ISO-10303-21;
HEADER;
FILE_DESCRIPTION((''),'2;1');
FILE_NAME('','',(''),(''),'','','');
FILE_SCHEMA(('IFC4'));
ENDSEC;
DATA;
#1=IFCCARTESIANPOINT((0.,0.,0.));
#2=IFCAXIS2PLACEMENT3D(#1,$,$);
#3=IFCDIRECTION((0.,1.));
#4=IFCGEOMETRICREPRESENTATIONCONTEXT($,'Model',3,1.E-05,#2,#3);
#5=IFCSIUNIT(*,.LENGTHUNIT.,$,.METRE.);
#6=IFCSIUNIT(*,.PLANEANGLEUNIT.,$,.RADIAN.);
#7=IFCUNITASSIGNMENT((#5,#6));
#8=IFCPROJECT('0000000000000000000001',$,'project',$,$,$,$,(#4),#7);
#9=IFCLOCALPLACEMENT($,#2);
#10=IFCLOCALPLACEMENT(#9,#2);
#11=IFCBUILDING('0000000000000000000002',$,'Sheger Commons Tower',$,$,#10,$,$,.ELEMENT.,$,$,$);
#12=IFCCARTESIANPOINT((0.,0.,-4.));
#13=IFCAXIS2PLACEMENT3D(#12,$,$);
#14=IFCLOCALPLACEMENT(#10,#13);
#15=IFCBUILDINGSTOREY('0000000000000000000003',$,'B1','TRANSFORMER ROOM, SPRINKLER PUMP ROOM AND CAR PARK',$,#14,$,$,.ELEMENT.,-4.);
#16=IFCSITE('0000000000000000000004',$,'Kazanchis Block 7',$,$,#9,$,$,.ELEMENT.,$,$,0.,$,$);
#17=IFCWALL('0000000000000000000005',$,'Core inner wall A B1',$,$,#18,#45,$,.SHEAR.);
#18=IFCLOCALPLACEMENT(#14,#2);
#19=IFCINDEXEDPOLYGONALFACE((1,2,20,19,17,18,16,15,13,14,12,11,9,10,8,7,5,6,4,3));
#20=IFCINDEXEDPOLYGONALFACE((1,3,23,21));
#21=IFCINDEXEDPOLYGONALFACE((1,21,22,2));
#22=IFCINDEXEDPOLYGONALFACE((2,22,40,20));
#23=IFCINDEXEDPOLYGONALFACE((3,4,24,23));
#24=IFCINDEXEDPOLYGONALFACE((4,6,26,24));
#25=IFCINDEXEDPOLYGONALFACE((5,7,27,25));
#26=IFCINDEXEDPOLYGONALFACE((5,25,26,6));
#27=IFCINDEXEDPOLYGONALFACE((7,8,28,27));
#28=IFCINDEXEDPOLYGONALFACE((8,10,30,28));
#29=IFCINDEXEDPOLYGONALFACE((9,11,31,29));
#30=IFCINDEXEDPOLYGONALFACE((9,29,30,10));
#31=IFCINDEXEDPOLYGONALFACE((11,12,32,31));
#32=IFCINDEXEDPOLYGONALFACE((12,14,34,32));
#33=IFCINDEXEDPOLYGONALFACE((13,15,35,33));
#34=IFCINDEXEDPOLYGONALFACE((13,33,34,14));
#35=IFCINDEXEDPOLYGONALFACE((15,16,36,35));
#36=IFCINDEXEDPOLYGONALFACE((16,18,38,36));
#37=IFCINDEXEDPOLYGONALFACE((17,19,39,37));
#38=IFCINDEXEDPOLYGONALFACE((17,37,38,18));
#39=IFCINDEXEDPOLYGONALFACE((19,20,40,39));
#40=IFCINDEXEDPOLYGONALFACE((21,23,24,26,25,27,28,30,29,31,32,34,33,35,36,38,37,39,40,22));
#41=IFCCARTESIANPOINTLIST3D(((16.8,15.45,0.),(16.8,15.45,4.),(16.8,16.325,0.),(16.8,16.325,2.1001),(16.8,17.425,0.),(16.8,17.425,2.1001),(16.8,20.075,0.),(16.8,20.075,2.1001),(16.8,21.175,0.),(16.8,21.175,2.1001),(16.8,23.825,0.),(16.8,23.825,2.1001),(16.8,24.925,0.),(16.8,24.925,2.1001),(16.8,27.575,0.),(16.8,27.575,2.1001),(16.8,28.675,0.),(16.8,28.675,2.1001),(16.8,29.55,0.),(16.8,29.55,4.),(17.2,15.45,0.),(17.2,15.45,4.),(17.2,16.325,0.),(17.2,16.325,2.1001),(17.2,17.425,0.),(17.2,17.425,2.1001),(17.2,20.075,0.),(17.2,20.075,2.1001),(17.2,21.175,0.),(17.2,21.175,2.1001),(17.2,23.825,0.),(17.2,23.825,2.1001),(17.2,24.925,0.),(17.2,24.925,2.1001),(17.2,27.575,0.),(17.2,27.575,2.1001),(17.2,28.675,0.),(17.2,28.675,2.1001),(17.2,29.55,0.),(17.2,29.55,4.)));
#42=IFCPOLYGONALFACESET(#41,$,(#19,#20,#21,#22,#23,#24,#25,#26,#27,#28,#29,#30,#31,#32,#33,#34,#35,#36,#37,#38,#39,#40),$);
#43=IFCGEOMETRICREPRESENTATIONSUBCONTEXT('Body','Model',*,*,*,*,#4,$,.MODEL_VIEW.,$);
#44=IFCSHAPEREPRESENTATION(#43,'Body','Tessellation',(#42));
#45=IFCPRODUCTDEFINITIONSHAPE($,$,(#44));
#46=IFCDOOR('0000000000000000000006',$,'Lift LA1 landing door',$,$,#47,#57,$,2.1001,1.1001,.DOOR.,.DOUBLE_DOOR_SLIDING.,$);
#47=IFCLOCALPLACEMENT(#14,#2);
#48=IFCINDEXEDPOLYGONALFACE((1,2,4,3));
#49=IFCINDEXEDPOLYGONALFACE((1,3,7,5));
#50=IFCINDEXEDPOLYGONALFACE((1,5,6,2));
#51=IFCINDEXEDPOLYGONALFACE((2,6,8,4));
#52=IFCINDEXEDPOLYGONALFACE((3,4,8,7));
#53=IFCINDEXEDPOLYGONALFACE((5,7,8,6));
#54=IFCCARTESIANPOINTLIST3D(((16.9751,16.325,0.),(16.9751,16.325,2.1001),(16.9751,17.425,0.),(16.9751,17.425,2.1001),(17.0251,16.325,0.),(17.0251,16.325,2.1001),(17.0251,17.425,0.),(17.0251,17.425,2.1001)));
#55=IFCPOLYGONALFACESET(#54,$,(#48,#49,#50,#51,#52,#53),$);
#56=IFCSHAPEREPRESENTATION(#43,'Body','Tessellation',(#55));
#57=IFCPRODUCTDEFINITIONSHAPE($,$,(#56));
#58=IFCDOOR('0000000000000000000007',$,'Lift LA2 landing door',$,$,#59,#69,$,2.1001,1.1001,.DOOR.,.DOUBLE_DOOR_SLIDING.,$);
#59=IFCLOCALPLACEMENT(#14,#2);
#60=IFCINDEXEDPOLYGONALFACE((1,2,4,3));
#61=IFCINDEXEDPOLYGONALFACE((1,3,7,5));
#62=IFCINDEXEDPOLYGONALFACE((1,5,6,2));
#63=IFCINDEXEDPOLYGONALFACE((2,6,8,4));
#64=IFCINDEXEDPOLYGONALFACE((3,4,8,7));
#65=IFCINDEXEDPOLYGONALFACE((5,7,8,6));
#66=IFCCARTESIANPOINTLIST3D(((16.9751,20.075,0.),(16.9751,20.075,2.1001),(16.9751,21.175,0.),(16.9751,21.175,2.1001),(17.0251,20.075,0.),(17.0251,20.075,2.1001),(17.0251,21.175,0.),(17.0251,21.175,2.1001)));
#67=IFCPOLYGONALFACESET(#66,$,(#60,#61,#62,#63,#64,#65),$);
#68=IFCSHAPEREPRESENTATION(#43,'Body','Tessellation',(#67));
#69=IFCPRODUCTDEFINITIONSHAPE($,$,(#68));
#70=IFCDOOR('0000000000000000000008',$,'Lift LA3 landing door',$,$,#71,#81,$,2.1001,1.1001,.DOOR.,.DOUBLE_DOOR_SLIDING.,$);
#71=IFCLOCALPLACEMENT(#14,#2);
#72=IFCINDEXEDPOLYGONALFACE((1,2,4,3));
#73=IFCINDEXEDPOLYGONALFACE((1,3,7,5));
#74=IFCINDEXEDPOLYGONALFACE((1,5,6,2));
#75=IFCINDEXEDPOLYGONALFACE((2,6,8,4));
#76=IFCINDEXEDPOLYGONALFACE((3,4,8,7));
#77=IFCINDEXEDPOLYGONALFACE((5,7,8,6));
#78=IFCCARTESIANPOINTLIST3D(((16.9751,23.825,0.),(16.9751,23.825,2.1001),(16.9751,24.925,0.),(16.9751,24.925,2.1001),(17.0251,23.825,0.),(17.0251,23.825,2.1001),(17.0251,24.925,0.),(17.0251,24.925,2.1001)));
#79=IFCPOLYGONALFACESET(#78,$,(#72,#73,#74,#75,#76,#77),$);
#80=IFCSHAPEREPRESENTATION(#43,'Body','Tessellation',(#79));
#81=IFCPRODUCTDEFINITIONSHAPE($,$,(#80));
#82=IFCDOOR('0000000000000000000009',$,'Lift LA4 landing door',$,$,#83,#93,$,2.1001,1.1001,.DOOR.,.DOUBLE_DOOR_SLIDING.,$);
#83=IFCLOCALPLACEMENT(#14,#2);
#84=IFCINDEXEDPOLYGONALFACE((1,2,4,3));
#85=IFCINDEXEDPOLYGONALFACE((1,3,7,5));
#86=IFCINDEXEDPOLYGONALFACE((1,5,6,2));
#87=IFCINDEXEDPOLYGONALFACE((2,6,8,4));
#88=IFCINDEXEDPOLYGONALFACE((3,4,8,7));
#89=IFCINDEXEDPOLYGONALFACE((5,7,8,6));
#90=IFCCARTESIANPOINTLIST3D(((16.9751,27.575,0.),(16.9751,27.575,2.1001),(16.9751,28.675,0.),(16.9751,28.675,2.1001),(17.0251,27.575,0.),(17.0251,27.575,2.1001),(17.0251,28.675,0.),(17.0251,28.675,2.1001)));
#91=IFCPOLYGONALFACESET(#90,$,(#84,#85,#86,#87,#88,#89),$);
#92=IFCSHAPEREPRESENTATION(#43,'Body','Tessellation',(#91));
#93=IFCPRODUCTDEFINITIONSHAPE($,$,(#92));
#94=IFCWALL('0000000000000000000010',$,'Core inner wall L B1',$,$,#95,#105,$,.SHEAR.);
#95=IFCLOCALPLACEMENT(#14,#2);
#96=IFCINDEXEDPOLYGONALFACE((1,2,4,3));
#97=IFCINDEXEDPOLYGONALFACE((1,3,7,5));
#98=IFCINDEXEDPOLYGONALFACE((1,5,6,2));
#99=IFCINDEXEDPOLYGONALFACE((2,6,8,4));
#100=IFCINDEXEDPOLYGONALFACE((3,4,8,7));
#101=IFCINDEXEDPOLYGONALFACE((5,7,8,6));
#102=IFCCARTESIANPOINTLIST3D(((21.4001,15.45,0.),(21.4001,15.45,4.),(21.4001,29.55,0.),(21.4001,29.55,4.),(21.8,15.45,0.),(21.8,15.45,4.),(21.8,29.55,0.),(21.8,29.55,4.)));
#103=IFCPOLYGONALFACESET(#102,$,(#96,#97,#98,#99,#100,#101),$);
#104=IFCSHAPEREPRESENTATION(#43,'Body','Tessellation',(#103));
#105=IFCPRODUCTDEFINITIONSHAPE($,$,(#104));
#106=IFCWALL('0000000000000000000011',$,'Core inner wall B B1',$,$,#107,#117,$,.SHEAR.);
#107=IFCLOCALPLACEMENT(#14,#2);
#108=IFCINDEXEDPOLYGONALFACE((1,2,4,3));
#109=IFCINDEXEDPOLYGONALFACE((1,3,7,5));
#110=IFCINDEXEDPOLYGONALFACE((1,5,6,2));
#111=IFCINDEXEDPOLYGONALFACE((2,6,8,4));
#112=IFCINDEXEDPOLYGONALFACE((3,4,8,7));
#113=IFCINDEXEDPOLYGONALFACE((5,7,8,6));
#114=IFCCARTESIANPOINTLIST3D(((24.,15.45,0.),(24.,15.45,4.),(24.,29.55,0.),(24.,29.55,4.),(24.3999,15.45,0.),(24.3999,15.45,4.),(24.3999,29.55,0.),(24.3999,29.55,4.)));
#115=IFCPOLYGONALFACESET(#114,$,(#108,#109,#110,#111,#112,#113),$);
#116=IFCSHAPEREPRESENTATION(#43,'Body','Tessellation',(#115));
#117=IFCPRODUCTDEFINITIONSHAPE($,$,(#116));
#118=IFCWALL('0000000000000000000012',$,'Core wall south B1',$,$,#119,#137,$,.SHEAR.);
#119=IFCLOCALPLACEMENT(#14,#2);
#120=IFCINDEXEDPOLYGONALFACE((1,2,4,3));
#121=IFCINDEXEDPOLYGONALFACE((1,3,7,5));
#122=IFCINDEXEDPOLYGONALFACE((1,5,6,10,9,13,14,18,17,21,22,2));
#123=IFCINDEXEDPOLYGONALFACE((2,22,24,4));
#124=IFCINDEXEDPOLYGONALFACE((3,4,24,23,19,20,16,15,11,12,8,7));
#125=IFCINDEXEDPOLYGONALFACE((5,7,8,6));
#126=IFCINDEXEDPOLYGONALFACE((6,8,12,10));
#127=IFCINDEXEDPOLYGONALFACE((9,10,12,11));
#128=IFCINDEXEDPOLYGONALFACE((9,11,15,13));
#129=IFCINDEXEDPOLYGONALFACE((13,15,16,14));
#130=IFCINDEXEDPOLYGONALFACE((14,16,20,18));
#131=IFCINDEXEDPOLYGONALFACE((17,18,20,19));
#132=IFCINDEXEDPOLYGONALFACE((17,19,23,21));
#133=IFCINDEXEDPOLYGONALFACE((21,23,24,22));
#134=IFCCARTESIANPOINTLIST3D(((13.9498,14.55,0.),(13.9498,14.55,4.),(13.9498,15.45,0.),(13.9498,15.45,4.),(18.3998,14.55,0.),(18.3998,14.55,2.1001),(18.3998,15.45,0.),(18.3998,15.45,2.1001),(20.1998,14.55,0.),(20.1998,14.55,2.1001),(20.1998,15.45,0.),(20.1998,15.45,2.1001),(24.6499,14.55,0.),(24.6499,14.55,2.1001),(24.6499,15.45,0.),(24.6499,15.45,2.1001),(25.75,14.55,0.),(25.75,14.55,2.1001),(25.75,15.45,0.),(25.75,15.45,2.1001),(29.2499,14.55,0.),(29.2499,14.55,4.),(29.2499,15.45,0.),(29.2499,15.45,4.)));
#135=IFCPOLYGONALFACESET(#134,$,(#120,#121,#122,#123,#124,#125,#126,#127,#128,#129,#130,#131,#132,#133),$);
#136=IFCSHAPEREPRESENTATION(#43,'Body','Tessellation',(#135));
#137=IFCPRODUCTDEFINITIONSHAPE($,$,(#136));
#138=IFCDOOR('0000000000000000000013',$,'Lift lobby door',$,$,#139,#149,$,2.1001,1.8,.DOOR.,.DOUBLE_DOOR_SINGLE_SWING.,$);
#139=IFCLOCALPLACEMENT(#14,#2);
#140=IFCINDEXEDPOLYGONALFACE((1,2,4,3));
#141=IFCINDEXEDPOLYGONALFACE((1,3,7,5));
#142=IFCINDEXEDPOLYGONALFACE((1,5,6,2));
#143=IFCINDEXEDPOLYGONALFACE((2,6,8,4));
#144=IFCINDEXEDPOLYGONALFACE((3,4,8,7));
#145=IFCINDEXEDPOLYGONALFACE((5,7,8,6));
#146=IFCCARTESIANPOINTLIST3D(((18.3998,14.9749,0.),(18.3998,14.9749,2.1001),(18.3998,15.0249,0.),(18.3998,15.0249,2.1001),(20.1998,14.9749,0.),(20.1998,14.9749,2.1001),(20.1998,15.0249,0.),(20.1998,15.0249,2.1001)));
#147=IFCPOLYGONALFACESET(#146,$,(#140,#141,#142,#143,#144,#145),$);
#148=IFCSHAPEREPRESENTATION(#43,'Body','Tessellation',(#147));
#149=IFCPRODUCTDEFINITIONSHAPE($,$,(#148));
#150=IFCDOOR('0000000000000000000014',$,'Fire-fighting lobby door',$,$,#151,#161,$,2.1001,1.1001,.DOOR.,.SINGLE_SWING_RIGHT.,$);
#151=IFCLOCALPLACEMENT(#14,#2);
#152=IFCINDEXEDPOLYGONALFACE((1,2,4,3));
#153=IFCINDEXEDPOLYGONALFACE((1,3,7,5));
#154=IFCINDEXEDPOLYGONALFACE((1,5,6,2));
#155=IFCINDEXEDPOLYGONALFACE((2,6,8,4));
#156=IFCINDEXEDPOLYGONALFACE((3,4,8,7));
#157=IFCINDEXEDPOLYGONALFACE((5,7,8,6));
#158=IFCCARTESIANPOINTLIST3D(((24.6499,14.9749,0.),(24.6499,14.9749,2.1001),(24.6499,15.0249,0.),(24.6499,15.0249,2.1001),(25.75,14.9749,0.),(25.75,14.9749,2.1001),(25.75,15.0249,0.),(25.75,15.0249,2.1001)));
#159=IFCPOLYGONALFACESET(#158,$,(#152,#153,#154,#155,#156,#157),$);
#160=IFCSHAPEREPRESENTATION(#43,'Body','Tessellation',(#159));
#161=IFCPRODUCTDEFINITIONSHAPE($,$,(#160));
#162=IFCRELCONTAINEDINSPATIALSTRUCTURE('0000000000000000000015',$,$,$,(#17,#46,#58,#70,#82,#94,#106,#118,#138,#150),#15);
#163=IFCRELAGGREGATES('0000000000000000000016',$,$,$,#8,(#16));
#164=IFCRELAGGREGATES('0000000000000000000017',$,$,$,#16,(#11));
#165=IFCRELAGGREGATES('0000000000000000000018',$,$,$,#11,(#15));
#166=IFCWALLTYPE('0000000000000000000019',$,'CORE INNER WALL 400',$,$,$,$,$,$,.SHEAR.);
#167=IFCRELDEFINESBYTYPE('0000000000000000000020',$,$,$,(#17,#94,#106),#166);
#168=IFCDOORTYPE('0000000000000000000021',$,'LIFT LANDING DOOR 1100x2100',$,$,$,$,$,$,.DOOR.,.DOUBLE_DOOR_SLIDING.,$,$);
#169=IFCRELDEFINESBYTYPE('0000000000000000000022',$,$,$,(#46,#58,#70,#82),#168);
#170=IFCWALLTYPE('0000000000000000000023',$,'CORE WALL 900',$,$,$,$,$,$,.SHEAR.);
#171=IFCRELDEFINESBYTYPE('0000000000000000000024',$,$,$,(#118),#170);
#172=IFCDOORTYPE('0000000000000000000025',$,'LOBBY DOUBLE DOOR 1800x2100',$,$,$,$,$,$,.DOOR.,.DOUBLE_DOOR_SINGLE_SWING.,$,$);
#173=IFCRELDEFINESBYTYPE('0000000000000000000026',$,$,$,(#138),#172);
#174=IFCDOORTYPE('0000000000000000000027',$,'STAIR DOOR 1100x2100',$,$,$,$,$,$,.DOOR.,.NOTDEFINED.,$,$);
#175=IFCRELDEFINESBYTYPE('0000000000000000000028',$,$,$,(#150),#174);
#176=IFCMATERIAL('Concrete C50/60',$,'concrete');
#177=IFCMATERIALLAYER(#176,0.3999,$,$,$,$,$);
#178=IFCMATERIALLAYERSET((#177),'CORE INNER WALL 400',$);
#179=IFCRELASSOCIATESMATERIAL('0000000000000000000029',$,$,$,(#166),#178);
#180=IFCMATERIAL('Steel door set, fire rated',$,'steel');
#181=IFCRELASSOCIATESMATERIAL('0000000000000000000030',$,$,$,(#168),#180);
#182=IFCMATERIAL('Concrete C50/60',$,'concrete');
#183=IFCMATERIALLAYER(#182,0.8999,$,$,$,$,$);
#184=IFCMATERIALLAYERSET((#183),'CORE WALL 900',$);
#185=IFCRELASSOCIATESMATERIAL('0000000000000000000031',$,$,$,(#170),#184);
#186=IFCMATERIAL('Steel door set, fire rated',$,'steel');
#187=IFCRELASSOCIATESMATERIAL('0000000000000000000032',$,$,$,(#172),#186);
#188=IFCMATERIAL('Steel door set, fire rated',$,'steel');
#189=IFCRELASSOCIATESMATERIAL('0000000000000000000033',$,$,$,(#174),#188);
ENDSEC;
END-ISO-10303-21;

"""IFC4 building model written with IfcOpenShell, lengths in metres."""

from ifc_helpers import new_model, si_unit, direction, frame, frame_2d, origin, place, context, subcontext, project, spatial, rectangle, extrude, material, layer, layer_set, type_object, element, fill, save


model = new_model("IFC4")

# Units and contexts
model_context = context("Model", 3, precision=1e-05, world=origin(), true_north=direction((0.0, 1.0)))
body_context = subcontext(model_context, "Body", "Model", "MODEL_VIEW")
ifc_project = project(units=[si_unit("LENGTHUNIT", "METRE"), si_unit("PLANEANGLEUNIT", "RADIAN")], contexts=[model_context])

# Site, building, storey
site_placement = place(None, origin())
site = spatial("IfcSite", under=ifc_project, at=site_placement, Name="Kazanchis Block 7", CompositionType="ELEMENT", RefElevation=0.0)
building_placement = place(site_placement, origin())
building = spatial("IfcBuilding", under=site, at=building_placement, Name="Sheger Commons Tower", CompositionType="ELEMENT")
storey_placement = place(building_placement, frame((0.0, 0.0, -4.0)))
storey = spatial("IfcBuildingStorey", under=building, at=storey_placement, Name="B1", Description="TRANSFORMER ROOM, SPRINKLER PUMP ROOM AND CAR PARK", CompositionType="ELEMENT", Elevation=-4.0)

# Wall, openings, doors
ifc_material_1 = material(Name="Concrete C50/60", Category="concrete")
ifc_layer_1 = layer(ifc_material_1, 0.3999)
ifc_layer_set_1 = layer_set([ifc_layer_1], Name="CORE INNER WALL 400")
wall_type_1 = type_object("IfcWallType", Name="CORE INNER WALL 400", PredefinedType="SHEAR", material=ifc_layer_set_1)
wall_1_placement = place(storey_placement, frame((17.0, 15.45, 0.0), z_axis=(0.0, 0.0, 1.0), x_axis=(0.0, 1.0, 0.0)))
wall_1 = element("IfcWall", 1, at=wall_1_placement, inside=storey, type_object=wall_type_1, Name="Core inner wall A B1", PredefinedType="SHEAR", context=body_context, shape_type="SweptSolid", body=[
    extrude(rectangle(XDim=14.1001, YDim=0.3999, at=frame_2d((7.05, 0.0))), origin(), (0.0, 0.0, 1.0), 4.0),
])
opening_1_placement = place(wall_1_placement, frame((0.875, 0.0, 0.0)))
opening_1 = element("IfcOpeningElement", 2, at=opening_1_placement, cuts=wall_1, PredefinedType="OPENING", context=body_context, shape_type="SweptSolid", body=[
    extrude(rectangle(XDim=1.1001, YDim=2.1001, at=frame_2d((0.55, 1.05))), frame((0.0, 0.21, 0.0), z_axis=(0.0, -1.0, 0.0), x_axis=(1.0, 0.0, 0.0)), (0.0, 0.0, 1.0), 0.4199),
])
opening_2_placement = place(wall_1_placement, frame((4.625, 0.0, 0.0)))
opening_2 = element("IfcOpeningElement", 3, at=opening_2_placement, cuts=wall_1, PredefinedType="OPENING", context=body_context, shape_type="SweptSolid", body=[
    extrude(rectangle(XDim=1.1001, YDim=2.1001, at=frame_2d((0.55, 1.05))), frame((0.0, 0.21, 0.0), z_axis=(0.0, -1.0, 0.0), x_axis=(1.0, 0.0, 0.0)), (0.0, 0.0, 1.0), 0.4199),
])
opening_3_placement = place(wall_1_placement, frame((8.375, 0.0, 0.0)))
opening_3 = element("IfcOpeningElement", 4, at=opening_3_placement, cuts=wall_1, PredefinedType="OPENING", context=body_context, shape_type="SweptSolid", body=[
    extrude(rectangle(XDim=1.1001, YDim=2.1001, at=frame_2d((0.55, 1.05))), frame((0.0, 0.21, 0.0), z_axis=(0.0, -1.0, 0.0), x_axis=(1.0, 0.0, 0.0)), (0.0, 0.0, 1.0), 0.4199),
])
opening_4_placement = place(wall_1_placement, frame((12.125, 0.0, 0.0)))
opening_4 = element("IfcOpeningElement", 5, at=opening_4_placement, cuts=wall_1, PredefinedType="OPENING", context=body_context, shape_type="SweptSolid", body=[
    extrude(rectangle(XDim=1.1001, YDim=2.1001, at=frame_2d((0.55, 1.05))), frame((0.0, 0.21, 0.0), z_axis=(0.0, -1.0, 0.0), x_axis=(1.0, 0.0, 0.0)), (0.0, 0.0, 1.0), 0.4199),
])
ifc_material_2 = material(Name="Steel door set, fire rated", Category="steel")
door_type_1 = type_object("IfcDoorType", Name="LIFT LANDING DOOR 1100x2100", OperationType="DOUBLE_DOOR_SLIDING", PredefinedType="DOOR", material=ifc_material_2)
door_1_placement = place(opening_1_placement, origin())
door_1 = element("IfcDoor", 6, at=door_1_placement, inside=storey, type_object=door_type_1, Name="Lift LA1 landing door", OperationType="DOUBLE_DOOR_SLIDING", OverallHeight=2.1001, OverallWidth=1.1001, PredefinedType="DOOR", context=body_context, shape_type="SweptSolid", body=[
    extrude(rectangle(XDim=1.1001, YDim=2.1001, at=frame_2d((0.55, 1.05))), frame((0.0, 0.0249, 0.0), z_axis=(0.0, -1.0, 0.0), x_axis=(1.0, 0.0, 0.0)), (0.0, 0.0, 1.0), 0.05),
])
fill(opening_1, door_1)
door_2_placement = place(opening_2_placement, origin())
door_2 = element("IfcDoor", 7, at=door_2_placement, inside=storey, type_object=door_type_1, Name="Lift LA2 landing door", OperationType="DOUBLE_DOOR_SLIDING", OverallHeight=2.1001, OverallWidth=1.1001, PredefinedType="DOOR", context=body_context, shape_type="SweptSolid", body=[
    extrude(rectangle(XDim=1.1001, YDim=2.1001, at=frame_2d((0.55, 1.05))), frame((0.0, 0.0249, 0.0), z_axis=(0.0, -1.0, 0.0), x_axis=(1.0, 0.0, 0.0)), (0.0, 0.0, 1.0), 0.05),
])
fill(opening_2, door_2)
door_3_placement = place(opening_3_placement, origin())
door_3 = element("IfcDoor", 8, at=door_3_placement, inside=storey, type_object=door_type_1, Name="Lift LA3 landing door", OperationType="DOUBLE_DOOR_SLIDING", OverallHeight=2.1001, OverallWidth=1.1001, PredefinedType="DOOR", context=body_context, shape_type="SweptSolid", body=[
    extrude(rectangle(XDim=1.1001, YDim=2.1001, at=frame_2d((0.55, 1.05))), frame((0.0, 0.0249, 0.0), z_axis=(0.0, -1.0, 0.0), x_axis=(1.0, 0.0, 0.0)), (0.0, 0.0, 1.0), 0.05),
])
fill(opening_3, door_3)
door_4_placement = place(opening_4_placement, origin())
door_4 = element("IfcDoor", 9, at=door_4_placement, inside=storey, type_object=door_type_1, Name="Lift LA4 landing door", OperationType="DOUBLE_DOOR_SLIDING", OverallHeight=2.1001, OverallWidth=1.1001, PredefinedType="DOOR", context=body_context, shape_type="SweptSolid", body=[
    extrude(rectangle(XDim=1.1001, YDim=2.1001, at=frame_2d((0.55, 1.05))), frame((0.0, 0.0249, 0.0), z_axis=(0.0, -1.0, 0.0), x_axis=(1.0, 0.0, 0.0)), (0.0, 0.0, 1.0), 0.05),
])
fill(opening_4, door_4)

# Walls
for number, where, z_axis, x_axis, name in (
    (10, (21.6001, 15.45, 0.0), (0.0, 0.0, 1.0), (0.0, 1.0, 0.0), "Core inner wall L B1"),
    (11, (24.2, 15.45, 0.0), (0.0, 0.0, 1.0), (0.0, 1.0, 0.0), "Core inner wall B B1"),
):
    element("IfcWall", number, at=place(storey_placement, frame(where, z_axis=z_axis, x_axis=x_axis)), inside=storey, type_object=wall_type_1, Name=name, PredefinedType="SHEAR", context=body_context, shape_type="SweptSolid", body=[
        extrude(rectangle(XDim=14.1001, YDim=0.3999, at=frame_2d((7.05, 0.0))), origin(), (0.0, 0.0, 1.0), 4.0),
    ])

# Wall, openings, doors
ifc_material_3 = material(Name="Concrete C50/60", Category="concrete")
ifc_layer_2 = layer(ifc_material_3, 0.8999)
ifc_layer_set_2 = layer_set([ifc_layer_2], Name="CORE WALL 900")
wall_type_2 = type_object("IfcWallType", Name="CORE WALL 900", PredefinedType="SHEAR", material=ifc_layer_set_2)
wall_2_placement = place(storey_placement, frame((13.95, 15.0, 0.0), z_axis=(0.0, 0.0, 1.0), x_axis=(1.0, 0.0, 0.0)))
wall_2 = element("IfcWall", 12, at=wall_2_placement, inside=storey, type_object=wall_type_2, Name="Core wall south B1", PredefinedType="SHEAR", context=body_context, shape_type="SweptSolid", body=[
    extrude(rectangle(XDim=15.3, YDim=0.8999, at=frame_2d((7.6499, 0.0))), origin(), (0.0, 0.0, 1.0), 4.0),
])
opening_5_placement = place(wall_2_placement, frame((4.45, 0.0, 0.0)))
opening_5 = element("IfcOpeningElement", 13, at=opening_5_placement, cuts=wall_2, PredefinedType="OPENING", context=body_context, shape_type="SweptSolid", body=[
    extrude(rectangle(XDim=1.8, YDim=2.1001, at=frame_2d((0.8999, 1.05))), frame((0.0, 0.46, 0.0), z_axis=(0.0, -1.0, 0.0), x_axis=(1.0, 0.0, 0.0)), (0.0, 0.0, 1.0), 0.9199),
])
opening_6_placement = place(wall_2_placement, frame((10.7, 0.0, 0.0)))
opening_6 = element("IfcOpeningElement", 14, at=opening_6_placement, cuts=wall_2, PredefinedType="OPENING", context=body_context, shape_type="SweptSolid", body=[
    extrude(rectangle(XDim=1.1001, YDim=2.1001, at=frame_2d((0.55, 1.05))), frame((0.0, 0.46, 0.0), z_axis=(0.0, -1.0, 0.0), x_axis=(1.0, 0.0, 0.0)), (0.0, 0.0, 1.0), 0.9199),
])
ifc_material_4 = material(Name="Steel door set, fire rated", Category="steel")
door_type_2 = type_object("IfcDoorType", Name="LOBBY DOUBLE DOOR 1800x2100", OperationType="DOUBLE_DOOR_SINGLE_SWING", PredefinedType="DOOR", material=ifc_material_4)
door_5_placement = place(opening_5_placement, origin())
door_5 = element("IfcDoor", 15, at=door_5_placement, inside=storey, type_object=door_type_2, Name="Lift lobby door", OperationType="DOUBLE_DOOR_SINGLE_SWING", OverallHeight=2.1001, OverallWidth=1.8, PredefinedType="DOOR", context=body_context, shape_type="SweptSolid", body=[
    extrude(rectangle(XDim=1.8, YDim=2.1001, at=frame_2d((0.8999, 1.05))), frame((0.0, 0.0249, 0.0), z_axis=(0.0, -1.0, 0.0), x_axis=(1.0, 0.0, 0.0)), (0.0, 0.0, 1.0), 0.05),
])
fill(opening_5, door_5)
ifc_material_5 = material(Name="Steel door set, fire rated", Category="steel")
door_type_3 = type_object("IfcDoorType", Name="STAIR DOOR 1100x2100", OperationType="NOTDEFINED", PredefinedType="DOOR", material=ifc_material_5)
door_6_placement = place(opening_6_placement, origin())
door_6 = element("IfcDoor", 16, at=door_6_placement, inside=storey, type_object=door_type_3, Name="Fire-fighting lobby door", OperationType="SINGLE_SWING_RIGHT", OverallHeight=2.1001, OverallWidth=1.1001, PredefinedType="DOOR", context=body_context, shape_type="SweptSolid", body=[
    extrude(rectangle(XDim=1.1001, YDim=2.1001, at=frame_2d((0.55, 1.05))), frame((0.0, 0.0249, 0.0), z_axis=(0.0, -1.0, 0.0), x_axis=(1.0, 0.0, 0.0)), (0.0, 0.0, 1.0), 0.05),
])
fill(opening_6, door_6)

save(model, "model.ifc")
